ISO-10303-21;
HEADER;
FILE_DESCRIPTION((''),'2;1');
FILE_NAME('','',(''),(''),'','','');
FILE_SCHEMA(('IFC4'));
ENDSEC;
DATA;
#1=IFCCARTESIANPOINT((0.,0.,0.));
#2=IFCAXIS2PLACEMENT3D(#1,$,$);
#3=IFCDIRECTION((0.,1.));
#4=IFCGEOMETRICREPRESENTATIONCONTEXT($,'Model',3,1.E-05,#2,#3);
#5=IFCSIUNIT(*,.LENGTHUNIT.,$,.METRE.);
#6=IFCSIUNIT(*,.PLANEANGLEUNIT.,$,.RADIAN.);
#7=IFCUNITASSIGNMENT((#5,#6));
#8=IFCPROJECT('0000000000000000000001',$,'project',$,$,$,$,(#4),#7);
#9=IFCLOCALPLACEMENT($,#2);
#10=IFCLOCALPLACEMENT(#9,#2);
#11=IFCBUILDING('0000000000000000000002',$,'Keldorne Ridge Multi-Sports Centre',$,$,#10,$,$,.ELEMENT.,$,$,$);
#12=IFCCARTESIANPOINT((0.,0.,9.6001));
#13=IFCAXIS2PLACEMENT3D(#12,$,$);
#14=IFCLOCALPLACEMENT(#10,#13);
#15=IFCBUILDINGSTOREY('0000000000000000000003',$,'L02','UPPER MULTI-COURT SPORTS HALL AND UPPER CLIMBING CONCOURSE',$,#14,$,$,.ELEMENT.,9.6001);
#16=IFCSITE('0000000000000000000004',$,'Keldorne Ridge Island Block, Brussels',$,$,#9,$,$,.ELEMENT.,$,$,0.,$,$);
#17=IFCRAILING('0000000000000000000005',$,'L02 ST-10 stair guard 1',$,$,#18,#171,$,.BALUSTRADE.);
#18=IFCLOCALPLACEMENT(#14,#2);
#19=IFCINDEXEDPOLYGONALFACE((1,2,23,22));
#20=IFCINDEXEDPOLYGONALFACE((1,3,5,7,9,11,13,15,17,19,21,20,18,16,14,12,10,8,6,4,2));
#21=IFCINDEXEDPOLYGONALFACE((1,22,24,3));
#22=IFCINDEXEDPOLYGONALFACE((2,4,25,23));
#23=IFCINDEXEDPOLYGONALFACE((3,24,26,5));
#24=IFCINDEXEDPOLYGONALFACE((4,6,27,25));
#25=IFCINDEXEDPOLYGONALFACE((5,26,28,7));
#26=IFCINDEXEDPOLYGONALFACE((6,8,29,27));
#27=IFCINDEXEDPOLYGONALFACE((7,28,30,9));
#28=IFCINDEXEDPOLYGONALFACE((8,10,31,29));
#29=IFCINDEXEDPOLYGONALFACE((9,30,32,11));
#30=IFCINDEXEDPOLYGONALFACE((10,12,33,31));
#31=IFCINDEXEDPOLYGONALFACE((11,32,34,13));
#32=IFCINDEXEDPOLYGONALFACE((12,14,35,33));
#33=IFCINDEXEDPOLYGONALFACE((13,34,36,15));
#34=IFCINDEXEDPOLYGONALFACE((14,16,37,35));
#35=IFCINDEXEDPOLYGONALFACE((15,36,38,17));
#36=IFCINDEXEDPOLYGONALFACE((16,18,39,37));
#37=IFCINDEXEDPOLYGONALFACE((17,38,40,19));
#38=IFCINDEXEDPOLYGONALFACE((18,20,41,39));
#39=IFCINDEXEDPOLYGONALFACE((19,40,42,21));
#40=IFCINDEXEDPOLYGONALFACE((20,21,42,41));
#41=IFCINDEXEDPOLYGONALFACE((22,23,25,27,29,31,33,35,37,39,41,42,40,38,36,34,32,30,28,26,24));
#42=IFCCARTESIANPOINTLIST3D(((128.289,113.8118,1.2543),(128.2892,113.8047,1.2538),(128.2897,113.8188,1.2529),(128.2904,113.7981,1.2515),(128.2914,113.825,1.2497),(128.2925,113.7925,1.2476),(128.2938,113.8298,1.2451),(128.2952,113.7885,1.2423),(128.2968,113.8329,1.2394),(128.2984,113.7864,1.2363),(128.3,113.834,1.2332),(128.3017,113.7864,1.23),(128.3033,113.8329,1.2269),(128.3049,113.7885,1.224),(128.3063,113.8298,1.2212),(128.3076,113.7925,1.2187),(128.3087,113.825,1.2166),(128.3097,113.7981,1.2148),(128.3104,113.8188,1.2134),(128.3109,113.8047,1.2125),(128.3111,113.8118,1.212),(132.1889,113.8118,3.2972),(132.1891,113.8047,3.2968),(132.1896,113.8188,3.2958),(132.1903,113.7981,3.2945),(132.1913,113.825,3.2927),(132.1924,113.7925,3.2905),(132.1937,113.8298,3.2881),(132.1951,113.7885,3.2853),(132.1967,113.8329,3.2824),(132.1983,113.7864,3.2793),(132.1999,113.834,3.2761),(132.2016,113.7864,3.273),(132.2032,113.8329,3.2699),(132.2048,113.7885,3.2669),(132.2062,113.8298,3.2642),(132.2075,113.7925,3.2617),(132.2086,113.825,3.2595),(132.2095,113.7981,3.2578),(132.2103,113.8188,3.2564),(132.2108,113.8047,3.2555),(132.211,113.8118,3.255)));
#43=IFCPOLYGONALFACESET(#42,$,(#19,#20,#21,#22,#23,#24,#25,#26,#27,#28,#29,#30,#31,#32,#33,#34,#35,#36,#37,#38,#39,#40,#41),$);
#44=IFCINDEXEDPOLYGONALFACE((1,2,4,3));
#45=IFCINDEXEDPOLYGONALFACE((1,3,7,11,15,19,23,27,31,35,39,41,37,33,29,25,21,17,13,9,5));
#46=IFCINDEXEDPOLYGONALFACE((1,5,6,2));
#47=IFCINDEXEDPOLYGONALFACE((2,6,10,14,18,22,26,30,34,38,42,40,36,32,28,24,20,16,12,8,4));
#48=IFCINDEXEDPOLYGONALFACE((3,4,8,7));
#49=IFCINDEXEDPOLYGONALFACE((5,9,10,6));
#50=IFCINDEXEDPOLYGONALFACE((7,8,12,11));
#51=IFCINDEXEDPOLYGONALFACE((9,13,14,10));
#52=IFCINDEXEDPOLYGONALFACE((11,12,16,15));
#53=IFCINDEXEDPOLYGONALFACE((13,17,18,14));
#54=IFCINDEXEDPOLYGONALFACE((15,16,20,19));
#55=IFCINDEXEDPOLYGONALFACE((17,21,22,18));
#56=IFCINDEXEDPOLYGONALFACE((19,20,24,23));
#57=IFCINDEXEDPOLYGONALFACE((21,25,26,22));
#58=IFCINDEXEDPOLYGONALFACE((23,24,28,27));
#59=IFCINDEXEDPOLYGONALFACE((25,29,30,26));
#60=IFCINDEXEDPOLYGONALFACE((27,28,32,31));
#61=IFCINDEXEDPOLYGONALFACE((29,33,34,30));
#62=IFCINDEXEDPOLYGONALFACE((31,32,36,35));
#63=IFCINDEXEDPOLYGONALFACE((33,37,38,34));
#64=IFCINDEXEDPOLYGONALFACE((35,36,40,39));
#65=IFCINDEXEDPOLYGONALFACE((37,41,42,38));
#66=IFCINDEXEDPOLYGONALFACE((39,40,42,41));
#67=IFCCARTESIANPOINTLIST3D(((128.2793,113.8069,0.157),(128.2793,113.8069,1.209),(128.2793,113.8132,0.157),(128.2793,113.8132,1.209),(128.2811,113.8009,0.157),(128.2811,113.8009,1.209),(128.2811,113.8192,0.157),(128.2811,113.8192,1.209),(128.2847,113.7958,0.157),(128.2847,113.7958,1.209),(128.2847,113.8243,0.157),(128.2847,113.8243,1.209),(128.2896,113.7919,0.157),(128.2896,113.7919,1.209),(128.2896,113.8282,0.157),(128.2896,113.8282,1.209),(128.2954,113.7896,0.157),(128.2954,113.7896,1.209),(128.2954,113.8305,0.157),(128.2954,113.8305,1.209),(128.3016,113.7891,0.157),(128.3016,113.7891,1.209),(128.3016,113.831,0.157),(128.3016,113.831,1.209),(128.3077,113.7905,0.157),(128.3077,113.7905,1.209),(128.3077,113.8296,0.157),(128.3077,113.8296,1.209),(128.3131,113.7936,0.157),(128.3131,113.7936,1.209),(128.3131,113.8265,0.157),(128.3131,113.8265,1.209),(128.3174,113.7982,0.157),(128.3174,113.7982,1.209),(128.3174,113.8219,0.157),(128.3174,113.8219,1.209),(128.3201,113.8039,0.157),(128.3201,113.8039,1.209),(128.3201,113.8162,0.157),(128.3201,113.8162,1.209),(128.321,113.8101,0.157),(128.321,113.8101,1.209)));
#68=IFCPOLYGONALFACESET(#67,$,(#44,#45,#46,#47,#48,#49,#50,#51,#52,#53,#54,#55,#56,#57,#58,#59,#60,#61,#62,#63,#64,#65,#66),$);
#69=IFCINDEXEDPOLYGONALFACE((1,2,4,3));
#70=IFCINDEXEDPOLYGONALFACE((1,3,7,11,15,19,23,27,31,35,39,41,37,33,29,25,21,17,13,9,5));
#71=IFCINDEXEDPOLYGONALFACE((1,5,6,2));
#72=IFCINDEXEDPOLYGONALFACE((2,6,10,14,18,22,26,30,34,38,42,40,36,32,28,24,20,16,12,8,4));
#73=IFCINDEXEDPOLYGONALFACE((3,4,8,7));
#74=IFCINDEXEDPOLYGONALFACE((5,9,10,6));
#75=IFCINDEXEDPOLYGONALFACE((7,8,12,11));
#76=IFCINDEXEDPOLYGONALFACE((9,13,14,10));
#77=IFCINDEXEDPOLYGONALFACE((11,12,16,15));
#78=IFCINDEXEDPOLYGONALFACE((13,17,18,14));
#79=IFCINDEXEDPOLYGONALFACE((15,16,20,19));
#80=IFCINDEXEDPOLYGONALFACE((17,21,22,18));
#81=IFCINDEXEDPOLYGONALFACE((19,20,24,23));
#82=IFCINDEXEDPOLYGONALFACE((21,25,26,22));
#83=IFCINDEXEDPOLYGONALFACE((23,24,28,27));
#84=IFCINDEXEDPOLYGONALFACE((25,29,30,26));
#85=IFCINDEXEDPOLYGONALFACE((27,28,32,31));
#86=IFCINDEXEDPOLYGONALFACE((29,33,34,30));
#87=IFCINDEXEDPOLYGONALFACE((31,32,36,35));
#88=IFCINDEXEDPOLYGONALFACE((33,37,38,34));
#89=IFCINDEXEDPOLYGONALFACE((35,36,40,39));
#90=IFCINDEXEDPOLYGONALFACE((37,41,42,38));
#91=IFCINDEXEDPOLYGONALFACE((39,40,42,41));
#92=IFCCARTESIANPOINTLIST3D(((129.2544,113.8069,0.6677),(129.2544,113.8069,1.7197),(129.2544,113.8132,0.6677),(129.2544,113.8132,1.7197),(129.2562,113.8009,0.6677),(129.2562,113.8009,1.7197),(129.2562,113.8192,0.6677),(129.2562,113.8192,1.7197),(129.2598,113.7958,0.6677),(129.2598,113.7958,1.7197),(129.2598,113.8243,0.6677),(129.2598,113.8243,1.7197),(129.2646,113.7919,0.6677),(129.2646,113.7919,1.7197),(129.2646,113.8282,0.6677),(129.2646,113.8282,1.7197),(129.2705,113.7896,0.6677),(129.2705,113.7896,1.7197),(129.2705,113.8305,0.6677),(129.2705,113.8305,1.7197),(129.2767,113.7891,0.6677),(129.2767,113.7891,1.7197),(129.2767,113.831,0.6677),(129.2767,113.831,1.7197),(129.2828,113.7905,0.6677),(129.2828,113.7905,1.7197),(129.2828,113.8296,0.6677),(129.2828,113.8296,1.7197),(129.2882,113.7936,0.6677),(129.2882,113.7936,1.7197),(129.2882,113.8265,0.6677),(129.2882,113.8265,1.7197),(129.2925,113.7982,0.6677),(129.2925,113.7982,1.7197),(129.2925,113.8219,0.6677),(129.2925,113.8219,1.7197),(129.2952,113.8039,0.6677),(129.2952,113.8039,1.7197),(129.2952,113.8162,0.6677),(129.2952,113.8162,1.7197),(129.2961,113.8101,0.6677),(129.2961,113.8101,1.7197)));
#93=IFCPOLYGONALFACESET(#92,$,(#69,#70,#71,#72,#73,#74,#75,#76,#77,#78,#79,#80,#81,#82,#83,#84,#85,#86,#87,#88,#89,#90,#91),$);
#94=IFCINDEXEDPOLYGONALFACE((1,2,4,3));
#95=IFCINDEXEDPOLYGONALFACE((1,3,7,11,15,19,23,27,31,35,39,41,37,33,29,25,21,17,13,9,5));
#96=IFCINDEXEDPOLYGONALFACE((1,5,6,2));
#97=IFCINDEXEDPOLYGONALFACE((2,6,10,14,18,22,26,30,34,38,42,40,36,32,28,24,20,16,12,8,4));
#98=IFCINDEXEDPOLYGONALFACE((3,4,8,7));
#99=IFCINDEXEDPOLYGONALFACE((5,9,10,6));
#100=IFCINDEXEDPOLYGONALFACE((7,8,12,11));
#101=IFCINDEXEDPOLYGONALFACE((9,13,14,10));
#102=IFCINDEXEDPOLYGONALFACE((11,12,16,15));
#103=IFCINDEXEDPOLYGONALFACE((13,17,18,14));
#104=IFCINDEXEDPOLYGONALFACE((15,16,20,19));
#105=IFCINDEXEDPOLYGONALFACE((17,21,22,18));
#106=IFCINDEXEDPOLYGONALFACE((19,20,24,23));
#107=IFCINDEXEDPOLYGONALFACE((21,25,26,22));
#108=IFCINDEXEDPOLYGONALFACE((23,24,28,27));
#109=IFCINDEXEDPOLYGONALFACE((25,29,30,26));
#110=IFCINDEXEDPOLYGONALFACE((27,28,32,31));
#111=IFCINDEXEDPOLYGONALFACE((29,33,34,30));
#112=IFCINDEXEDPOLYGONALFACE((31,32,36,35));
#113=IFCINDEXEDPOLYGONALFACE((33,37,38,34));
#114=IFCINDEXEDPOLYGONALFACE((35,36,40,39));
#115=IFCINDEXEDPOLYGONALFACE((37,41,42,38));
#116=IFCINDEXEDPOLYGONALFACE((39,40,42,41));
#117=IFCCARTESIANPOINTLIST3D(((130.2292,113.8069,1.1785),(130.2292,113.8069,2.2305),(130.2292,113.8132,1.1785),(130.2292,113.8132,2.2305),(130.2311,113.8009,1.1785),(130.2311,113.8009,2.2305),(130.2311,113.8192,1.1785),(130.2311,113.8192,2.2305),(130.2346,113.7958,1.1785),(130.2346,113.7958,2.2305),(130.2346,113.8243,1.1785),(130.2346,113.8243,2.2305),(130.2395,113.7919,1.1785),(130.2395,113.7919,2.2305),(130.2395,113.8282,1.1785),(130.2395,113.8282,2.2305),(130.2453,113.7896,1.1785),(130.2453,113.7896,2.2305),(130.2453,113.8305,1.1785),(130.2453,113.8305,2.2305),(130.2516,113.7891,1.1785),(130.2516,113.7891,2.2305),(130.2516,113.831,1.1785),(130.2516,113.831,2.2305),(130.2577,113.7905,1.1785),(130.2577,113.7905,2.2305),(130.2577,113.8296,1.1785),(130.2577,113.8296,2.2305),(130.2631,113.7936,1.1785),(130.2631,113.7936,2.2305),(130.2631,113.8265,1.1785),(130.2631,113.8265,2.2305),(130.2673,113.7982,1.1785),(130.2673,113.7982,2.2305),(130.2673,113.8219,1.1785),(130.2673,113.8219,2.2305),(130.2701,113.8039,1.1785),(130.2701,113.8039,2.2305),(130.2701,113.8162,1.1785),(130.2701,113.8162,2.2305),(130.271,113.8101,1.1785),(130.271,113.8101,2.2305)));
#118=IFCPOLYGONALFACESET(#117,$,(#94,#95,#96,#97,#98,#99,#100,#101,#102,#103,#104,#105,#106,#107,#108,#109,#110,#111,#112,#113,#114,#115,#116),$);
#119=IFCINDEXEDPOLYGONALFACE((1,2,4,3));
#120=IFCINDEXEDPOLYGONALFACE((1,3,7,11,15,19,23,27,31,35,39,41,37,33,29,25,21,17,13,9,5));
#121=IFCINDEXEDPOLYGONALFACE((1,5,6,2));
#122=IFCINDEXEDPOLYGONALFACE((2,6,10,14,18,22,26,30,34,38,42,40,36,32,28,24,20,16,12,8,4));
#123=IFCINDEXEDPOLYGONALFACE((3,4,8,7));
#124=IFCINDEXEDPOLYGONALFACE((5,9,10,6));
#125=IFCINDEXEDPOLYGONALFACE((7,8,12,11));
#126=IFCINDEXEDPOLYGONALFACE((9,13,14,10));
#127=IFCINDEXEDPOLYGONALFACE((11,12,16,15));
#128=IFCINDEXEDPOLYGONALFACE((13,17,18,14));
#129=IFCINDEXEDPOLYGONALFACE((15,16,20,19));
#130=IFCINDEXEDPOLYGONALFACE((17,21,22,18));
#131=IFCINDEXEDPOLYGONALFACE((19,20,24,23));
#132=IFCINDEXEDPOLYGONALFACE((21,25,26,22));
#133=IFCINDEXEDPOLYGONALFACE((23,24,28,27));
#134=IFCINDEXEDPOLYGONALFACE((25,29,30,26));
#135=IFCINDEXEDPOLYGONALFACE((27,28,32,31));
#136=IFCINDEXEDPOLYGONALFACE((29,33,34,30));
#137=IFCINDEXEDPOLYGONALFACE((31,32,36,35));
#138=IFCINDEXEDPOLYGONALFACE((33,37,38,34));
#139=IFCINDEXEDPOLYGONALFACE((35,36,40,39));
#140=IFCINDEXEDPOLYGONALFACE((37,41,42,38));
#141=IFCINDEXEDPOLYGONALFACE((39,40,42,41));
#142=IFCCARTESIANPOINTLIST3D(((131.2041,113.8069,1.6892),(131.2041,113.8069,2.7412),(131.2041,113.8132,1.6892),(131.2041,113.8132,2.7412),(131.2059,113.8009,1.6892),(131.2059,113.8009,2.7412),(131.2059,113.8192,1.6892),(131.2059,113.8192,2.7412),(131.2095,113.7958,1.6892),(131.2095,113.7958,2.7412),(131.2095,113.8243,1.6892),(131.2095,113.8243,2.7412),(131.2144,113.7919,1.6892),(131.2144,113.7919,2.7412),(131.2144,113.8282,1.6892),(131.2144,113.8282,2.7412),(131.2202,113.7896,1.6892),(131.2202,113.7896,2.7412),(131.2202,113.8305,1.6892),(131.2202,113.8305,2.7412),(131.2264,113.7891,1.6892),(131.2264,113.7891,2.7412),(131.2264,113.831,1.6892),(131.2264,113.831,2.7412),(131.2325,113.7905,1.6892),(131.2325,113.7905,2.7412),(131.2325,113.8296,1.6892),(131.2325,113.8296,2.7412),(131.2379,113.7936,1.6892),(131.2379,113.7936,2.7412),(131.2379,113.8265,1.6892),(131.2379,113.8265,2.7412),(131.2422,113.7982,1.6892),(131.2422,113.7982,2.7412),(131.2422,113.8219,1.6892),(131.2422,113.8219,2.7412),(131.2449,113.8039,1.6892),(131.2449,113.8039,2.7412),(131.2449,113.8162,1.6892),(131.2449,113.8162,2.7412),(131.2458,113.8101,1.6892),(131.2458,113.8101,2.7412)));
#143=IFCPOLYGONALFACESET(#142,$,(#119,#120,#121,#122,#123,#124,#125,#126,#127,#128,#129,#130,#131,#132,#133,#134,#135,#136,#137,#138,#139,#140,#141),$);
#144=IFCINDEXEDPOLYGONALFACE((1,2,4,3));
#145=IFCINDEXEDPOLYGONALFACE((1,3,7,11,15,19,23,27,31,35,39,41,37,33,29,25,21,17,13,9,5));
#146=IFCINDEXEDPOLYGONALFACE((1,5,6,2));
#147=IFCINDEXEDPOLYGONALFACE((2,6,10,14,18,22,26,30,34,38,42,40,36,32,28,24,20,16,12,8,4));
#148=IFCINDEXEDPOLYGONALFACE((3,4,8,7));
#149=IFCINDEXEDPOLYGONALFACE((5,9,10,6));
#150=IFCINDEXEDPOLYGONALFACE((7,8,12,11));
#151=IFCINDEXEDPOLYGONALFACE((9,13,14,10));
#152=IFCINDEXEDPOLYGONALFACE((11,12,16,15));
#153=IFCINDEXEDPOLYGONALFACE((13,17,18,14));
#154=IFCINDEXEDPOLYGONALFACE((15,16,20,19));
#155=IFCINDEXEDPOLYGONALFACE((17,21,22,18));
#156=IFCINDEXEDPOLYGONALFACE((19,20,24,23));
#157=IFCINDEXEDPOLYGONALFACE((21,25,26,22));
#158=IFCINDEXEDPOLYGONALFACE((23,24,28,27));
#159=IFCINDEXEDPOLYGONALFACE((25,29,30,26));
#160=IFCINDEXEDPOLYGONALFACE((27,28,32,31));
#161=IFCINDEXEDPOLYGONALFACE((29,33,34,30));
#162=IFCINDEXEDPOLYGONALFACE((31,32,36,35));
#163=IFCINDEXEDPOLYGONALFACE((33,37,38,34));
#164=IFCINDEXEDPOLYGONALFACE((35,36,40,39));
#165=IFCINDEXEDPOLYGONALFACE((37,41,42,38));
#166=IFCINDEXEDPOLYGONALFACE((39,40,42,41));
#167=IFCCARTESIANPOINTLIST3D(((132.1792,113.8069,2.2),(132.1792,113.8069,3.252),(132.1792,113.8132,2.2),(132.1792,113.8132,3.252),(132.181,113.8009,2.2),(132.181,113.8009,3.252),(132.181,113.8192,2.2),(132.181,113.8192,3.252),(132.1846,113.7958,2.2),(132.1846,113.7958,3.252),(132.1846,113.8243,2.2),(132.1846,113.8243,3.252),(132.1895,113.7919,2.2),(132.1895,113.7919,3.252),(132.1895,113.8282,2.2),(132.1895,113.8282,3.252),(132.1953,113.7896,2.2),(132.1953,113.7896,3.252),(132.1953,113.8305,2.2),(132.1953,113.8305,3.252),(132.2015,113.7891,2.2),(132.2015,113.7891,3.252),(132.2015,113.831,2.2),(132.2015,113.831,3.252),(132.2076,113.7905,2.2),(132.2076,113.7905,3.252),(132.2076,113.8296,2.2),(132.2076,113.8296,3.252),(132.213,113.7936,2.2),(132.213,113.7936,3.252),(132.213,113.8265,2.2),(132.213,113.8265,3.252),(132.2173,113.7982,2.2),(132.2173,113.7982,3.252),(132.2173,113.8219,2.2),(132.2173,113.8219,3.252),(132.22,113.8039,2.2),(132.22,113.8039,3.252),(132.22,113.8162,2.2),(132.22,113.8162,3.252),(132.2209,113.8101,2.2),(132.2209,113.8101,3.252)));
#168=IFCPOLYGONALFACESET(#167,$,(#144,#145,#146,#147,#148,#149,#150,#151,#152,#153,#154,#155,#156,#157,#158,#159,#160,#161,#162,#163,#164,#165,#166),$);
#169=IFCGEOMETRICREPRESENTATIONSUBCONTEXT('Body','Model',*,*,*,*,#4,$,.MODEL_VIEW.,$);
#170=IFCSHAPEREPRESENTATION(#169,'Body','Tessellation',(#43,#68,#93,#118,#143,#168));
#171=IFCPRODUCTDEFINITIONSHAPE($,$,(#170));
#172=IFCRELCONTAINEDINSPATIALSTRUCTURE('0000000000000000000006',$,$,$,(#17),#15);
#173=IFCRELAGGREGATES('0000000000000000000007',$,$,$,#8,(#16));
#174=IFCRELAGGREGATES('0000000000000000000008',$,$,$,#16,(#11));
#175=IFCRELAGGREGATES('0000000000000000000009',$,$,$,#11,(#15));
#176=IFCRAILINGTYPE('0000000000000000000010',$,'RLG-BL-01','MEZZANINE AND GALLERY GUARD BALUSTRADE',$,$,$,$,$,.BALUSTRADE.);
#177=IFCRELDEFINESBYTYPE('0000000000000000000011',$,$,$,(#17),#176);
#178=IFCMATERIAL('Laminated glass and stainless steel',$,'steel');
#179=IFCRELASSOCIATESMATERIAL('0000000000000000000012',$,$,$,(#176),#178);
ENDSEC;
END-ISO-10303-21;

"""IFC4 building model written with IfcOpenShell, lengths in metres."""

from ifc_helpers import new_model, si_unit, direction, frame, origin, origin_2d, place, context, subcontext, project, spatial, circle, extrude, material, type_object, element, save


model = new_model("IFC4")

# Units and contexts
model_context = context("Model", 3, precision=1e-05, world=origin(), true_north=direction((0.0, 1.0)))
body_context = subcontext(model_context, "Body", "Model", "MODEL_VIEW")
ifc_project = project(units=[si_unit("LENGTHUNIT", "METRE"), si_unit("PLANEANGLEUNIT", "RADIAN")], contexts=[model_context])

# Site, building, storey
site_placement = place(None, origin())
site = spatial("IfcSite", under=ifc_project, at=site_placement, Name="Keldorne Ridge Island Block, Brussels", CompositionType="ELEMENT", RefElevation=0.0)
building_placement = place(site_placement, origin())
building = spatial("IfcBuilding", under=site, at=building_placement, Name="Keldorne Ridge Multi-Sports Centre", CompositionType="ELEMENT")
storey_placement = place(building_placement, frame((0.0, 0.0, 9.6001)))
storey = spatial("IfcBuildingStorey", under=building, at=storey_placement, Name="L02", Description="UPPER MULTI-COURT SPORTS HALL AND UPPER CLIMBING CONCOURSE", CompositionType="ELEMENT", Elevation=9.6001)

# Railing
ifc_material_1 = material(Name="Laminated glass and stainless steel", Category="steel")
railing_type_1 = type_object("IfcRailingType", Name="RLG-BL-01", Description="MEZZANINE AND GALLERY GUARD BALUSTRADE", PredefinedType="BALUSTRADE", material=ifc_material_1)
railing_1_placement = place(storey_placement, frame((128.3, 113.8101, 0.157)))
element("IfcRailing", 1, at=railing_1_placement, inside=storey, type_object=railing_type_1, Name="L02 ST-10 stair guard 1", PredefinedType="BALUSTRADE", context=body_context, shape_type="SweptSolid", body=[
    extrude(circle(Radius=0.0239, at=origin_2d()), frame((0.0, 0.0, 1.0762), z_axis=(0.885816, 0.0, 0.464036), x_axis=(0.0, 1.0, 0.0)), (0.0, 0.0, 1.0), 4.4026),
    extrude(circle(Radius=0.021, at=origin_2d()), origin(), (0.0, 0.0, 1.0), 1.052),
    extrude(circle(Radius=0.021, at=origin_2d()), frame((0.9751, 0.0, 0.5107)), (0.0, 0.0, 1.0), 1.052),
    extrude(circle(Radius=0.021, at=origin_2d()), frame((1.95, 0.0, 1.0215)), (0.0, 0.0, 1.0), 1.052),
    extrude(circle(Radius=0.021, at=origin_2d()), frame((2.9248, 0.0, 1.5322)), (0.0, 0.0, 1.0), 1.052),
    extrude(circle(Radius=0.021, at=origin_2d()), frame((3.8999, 0.0, 2.043)), (0.0, 0.0, 1.0), 1.052),
])

save(model, "model.ifc")
